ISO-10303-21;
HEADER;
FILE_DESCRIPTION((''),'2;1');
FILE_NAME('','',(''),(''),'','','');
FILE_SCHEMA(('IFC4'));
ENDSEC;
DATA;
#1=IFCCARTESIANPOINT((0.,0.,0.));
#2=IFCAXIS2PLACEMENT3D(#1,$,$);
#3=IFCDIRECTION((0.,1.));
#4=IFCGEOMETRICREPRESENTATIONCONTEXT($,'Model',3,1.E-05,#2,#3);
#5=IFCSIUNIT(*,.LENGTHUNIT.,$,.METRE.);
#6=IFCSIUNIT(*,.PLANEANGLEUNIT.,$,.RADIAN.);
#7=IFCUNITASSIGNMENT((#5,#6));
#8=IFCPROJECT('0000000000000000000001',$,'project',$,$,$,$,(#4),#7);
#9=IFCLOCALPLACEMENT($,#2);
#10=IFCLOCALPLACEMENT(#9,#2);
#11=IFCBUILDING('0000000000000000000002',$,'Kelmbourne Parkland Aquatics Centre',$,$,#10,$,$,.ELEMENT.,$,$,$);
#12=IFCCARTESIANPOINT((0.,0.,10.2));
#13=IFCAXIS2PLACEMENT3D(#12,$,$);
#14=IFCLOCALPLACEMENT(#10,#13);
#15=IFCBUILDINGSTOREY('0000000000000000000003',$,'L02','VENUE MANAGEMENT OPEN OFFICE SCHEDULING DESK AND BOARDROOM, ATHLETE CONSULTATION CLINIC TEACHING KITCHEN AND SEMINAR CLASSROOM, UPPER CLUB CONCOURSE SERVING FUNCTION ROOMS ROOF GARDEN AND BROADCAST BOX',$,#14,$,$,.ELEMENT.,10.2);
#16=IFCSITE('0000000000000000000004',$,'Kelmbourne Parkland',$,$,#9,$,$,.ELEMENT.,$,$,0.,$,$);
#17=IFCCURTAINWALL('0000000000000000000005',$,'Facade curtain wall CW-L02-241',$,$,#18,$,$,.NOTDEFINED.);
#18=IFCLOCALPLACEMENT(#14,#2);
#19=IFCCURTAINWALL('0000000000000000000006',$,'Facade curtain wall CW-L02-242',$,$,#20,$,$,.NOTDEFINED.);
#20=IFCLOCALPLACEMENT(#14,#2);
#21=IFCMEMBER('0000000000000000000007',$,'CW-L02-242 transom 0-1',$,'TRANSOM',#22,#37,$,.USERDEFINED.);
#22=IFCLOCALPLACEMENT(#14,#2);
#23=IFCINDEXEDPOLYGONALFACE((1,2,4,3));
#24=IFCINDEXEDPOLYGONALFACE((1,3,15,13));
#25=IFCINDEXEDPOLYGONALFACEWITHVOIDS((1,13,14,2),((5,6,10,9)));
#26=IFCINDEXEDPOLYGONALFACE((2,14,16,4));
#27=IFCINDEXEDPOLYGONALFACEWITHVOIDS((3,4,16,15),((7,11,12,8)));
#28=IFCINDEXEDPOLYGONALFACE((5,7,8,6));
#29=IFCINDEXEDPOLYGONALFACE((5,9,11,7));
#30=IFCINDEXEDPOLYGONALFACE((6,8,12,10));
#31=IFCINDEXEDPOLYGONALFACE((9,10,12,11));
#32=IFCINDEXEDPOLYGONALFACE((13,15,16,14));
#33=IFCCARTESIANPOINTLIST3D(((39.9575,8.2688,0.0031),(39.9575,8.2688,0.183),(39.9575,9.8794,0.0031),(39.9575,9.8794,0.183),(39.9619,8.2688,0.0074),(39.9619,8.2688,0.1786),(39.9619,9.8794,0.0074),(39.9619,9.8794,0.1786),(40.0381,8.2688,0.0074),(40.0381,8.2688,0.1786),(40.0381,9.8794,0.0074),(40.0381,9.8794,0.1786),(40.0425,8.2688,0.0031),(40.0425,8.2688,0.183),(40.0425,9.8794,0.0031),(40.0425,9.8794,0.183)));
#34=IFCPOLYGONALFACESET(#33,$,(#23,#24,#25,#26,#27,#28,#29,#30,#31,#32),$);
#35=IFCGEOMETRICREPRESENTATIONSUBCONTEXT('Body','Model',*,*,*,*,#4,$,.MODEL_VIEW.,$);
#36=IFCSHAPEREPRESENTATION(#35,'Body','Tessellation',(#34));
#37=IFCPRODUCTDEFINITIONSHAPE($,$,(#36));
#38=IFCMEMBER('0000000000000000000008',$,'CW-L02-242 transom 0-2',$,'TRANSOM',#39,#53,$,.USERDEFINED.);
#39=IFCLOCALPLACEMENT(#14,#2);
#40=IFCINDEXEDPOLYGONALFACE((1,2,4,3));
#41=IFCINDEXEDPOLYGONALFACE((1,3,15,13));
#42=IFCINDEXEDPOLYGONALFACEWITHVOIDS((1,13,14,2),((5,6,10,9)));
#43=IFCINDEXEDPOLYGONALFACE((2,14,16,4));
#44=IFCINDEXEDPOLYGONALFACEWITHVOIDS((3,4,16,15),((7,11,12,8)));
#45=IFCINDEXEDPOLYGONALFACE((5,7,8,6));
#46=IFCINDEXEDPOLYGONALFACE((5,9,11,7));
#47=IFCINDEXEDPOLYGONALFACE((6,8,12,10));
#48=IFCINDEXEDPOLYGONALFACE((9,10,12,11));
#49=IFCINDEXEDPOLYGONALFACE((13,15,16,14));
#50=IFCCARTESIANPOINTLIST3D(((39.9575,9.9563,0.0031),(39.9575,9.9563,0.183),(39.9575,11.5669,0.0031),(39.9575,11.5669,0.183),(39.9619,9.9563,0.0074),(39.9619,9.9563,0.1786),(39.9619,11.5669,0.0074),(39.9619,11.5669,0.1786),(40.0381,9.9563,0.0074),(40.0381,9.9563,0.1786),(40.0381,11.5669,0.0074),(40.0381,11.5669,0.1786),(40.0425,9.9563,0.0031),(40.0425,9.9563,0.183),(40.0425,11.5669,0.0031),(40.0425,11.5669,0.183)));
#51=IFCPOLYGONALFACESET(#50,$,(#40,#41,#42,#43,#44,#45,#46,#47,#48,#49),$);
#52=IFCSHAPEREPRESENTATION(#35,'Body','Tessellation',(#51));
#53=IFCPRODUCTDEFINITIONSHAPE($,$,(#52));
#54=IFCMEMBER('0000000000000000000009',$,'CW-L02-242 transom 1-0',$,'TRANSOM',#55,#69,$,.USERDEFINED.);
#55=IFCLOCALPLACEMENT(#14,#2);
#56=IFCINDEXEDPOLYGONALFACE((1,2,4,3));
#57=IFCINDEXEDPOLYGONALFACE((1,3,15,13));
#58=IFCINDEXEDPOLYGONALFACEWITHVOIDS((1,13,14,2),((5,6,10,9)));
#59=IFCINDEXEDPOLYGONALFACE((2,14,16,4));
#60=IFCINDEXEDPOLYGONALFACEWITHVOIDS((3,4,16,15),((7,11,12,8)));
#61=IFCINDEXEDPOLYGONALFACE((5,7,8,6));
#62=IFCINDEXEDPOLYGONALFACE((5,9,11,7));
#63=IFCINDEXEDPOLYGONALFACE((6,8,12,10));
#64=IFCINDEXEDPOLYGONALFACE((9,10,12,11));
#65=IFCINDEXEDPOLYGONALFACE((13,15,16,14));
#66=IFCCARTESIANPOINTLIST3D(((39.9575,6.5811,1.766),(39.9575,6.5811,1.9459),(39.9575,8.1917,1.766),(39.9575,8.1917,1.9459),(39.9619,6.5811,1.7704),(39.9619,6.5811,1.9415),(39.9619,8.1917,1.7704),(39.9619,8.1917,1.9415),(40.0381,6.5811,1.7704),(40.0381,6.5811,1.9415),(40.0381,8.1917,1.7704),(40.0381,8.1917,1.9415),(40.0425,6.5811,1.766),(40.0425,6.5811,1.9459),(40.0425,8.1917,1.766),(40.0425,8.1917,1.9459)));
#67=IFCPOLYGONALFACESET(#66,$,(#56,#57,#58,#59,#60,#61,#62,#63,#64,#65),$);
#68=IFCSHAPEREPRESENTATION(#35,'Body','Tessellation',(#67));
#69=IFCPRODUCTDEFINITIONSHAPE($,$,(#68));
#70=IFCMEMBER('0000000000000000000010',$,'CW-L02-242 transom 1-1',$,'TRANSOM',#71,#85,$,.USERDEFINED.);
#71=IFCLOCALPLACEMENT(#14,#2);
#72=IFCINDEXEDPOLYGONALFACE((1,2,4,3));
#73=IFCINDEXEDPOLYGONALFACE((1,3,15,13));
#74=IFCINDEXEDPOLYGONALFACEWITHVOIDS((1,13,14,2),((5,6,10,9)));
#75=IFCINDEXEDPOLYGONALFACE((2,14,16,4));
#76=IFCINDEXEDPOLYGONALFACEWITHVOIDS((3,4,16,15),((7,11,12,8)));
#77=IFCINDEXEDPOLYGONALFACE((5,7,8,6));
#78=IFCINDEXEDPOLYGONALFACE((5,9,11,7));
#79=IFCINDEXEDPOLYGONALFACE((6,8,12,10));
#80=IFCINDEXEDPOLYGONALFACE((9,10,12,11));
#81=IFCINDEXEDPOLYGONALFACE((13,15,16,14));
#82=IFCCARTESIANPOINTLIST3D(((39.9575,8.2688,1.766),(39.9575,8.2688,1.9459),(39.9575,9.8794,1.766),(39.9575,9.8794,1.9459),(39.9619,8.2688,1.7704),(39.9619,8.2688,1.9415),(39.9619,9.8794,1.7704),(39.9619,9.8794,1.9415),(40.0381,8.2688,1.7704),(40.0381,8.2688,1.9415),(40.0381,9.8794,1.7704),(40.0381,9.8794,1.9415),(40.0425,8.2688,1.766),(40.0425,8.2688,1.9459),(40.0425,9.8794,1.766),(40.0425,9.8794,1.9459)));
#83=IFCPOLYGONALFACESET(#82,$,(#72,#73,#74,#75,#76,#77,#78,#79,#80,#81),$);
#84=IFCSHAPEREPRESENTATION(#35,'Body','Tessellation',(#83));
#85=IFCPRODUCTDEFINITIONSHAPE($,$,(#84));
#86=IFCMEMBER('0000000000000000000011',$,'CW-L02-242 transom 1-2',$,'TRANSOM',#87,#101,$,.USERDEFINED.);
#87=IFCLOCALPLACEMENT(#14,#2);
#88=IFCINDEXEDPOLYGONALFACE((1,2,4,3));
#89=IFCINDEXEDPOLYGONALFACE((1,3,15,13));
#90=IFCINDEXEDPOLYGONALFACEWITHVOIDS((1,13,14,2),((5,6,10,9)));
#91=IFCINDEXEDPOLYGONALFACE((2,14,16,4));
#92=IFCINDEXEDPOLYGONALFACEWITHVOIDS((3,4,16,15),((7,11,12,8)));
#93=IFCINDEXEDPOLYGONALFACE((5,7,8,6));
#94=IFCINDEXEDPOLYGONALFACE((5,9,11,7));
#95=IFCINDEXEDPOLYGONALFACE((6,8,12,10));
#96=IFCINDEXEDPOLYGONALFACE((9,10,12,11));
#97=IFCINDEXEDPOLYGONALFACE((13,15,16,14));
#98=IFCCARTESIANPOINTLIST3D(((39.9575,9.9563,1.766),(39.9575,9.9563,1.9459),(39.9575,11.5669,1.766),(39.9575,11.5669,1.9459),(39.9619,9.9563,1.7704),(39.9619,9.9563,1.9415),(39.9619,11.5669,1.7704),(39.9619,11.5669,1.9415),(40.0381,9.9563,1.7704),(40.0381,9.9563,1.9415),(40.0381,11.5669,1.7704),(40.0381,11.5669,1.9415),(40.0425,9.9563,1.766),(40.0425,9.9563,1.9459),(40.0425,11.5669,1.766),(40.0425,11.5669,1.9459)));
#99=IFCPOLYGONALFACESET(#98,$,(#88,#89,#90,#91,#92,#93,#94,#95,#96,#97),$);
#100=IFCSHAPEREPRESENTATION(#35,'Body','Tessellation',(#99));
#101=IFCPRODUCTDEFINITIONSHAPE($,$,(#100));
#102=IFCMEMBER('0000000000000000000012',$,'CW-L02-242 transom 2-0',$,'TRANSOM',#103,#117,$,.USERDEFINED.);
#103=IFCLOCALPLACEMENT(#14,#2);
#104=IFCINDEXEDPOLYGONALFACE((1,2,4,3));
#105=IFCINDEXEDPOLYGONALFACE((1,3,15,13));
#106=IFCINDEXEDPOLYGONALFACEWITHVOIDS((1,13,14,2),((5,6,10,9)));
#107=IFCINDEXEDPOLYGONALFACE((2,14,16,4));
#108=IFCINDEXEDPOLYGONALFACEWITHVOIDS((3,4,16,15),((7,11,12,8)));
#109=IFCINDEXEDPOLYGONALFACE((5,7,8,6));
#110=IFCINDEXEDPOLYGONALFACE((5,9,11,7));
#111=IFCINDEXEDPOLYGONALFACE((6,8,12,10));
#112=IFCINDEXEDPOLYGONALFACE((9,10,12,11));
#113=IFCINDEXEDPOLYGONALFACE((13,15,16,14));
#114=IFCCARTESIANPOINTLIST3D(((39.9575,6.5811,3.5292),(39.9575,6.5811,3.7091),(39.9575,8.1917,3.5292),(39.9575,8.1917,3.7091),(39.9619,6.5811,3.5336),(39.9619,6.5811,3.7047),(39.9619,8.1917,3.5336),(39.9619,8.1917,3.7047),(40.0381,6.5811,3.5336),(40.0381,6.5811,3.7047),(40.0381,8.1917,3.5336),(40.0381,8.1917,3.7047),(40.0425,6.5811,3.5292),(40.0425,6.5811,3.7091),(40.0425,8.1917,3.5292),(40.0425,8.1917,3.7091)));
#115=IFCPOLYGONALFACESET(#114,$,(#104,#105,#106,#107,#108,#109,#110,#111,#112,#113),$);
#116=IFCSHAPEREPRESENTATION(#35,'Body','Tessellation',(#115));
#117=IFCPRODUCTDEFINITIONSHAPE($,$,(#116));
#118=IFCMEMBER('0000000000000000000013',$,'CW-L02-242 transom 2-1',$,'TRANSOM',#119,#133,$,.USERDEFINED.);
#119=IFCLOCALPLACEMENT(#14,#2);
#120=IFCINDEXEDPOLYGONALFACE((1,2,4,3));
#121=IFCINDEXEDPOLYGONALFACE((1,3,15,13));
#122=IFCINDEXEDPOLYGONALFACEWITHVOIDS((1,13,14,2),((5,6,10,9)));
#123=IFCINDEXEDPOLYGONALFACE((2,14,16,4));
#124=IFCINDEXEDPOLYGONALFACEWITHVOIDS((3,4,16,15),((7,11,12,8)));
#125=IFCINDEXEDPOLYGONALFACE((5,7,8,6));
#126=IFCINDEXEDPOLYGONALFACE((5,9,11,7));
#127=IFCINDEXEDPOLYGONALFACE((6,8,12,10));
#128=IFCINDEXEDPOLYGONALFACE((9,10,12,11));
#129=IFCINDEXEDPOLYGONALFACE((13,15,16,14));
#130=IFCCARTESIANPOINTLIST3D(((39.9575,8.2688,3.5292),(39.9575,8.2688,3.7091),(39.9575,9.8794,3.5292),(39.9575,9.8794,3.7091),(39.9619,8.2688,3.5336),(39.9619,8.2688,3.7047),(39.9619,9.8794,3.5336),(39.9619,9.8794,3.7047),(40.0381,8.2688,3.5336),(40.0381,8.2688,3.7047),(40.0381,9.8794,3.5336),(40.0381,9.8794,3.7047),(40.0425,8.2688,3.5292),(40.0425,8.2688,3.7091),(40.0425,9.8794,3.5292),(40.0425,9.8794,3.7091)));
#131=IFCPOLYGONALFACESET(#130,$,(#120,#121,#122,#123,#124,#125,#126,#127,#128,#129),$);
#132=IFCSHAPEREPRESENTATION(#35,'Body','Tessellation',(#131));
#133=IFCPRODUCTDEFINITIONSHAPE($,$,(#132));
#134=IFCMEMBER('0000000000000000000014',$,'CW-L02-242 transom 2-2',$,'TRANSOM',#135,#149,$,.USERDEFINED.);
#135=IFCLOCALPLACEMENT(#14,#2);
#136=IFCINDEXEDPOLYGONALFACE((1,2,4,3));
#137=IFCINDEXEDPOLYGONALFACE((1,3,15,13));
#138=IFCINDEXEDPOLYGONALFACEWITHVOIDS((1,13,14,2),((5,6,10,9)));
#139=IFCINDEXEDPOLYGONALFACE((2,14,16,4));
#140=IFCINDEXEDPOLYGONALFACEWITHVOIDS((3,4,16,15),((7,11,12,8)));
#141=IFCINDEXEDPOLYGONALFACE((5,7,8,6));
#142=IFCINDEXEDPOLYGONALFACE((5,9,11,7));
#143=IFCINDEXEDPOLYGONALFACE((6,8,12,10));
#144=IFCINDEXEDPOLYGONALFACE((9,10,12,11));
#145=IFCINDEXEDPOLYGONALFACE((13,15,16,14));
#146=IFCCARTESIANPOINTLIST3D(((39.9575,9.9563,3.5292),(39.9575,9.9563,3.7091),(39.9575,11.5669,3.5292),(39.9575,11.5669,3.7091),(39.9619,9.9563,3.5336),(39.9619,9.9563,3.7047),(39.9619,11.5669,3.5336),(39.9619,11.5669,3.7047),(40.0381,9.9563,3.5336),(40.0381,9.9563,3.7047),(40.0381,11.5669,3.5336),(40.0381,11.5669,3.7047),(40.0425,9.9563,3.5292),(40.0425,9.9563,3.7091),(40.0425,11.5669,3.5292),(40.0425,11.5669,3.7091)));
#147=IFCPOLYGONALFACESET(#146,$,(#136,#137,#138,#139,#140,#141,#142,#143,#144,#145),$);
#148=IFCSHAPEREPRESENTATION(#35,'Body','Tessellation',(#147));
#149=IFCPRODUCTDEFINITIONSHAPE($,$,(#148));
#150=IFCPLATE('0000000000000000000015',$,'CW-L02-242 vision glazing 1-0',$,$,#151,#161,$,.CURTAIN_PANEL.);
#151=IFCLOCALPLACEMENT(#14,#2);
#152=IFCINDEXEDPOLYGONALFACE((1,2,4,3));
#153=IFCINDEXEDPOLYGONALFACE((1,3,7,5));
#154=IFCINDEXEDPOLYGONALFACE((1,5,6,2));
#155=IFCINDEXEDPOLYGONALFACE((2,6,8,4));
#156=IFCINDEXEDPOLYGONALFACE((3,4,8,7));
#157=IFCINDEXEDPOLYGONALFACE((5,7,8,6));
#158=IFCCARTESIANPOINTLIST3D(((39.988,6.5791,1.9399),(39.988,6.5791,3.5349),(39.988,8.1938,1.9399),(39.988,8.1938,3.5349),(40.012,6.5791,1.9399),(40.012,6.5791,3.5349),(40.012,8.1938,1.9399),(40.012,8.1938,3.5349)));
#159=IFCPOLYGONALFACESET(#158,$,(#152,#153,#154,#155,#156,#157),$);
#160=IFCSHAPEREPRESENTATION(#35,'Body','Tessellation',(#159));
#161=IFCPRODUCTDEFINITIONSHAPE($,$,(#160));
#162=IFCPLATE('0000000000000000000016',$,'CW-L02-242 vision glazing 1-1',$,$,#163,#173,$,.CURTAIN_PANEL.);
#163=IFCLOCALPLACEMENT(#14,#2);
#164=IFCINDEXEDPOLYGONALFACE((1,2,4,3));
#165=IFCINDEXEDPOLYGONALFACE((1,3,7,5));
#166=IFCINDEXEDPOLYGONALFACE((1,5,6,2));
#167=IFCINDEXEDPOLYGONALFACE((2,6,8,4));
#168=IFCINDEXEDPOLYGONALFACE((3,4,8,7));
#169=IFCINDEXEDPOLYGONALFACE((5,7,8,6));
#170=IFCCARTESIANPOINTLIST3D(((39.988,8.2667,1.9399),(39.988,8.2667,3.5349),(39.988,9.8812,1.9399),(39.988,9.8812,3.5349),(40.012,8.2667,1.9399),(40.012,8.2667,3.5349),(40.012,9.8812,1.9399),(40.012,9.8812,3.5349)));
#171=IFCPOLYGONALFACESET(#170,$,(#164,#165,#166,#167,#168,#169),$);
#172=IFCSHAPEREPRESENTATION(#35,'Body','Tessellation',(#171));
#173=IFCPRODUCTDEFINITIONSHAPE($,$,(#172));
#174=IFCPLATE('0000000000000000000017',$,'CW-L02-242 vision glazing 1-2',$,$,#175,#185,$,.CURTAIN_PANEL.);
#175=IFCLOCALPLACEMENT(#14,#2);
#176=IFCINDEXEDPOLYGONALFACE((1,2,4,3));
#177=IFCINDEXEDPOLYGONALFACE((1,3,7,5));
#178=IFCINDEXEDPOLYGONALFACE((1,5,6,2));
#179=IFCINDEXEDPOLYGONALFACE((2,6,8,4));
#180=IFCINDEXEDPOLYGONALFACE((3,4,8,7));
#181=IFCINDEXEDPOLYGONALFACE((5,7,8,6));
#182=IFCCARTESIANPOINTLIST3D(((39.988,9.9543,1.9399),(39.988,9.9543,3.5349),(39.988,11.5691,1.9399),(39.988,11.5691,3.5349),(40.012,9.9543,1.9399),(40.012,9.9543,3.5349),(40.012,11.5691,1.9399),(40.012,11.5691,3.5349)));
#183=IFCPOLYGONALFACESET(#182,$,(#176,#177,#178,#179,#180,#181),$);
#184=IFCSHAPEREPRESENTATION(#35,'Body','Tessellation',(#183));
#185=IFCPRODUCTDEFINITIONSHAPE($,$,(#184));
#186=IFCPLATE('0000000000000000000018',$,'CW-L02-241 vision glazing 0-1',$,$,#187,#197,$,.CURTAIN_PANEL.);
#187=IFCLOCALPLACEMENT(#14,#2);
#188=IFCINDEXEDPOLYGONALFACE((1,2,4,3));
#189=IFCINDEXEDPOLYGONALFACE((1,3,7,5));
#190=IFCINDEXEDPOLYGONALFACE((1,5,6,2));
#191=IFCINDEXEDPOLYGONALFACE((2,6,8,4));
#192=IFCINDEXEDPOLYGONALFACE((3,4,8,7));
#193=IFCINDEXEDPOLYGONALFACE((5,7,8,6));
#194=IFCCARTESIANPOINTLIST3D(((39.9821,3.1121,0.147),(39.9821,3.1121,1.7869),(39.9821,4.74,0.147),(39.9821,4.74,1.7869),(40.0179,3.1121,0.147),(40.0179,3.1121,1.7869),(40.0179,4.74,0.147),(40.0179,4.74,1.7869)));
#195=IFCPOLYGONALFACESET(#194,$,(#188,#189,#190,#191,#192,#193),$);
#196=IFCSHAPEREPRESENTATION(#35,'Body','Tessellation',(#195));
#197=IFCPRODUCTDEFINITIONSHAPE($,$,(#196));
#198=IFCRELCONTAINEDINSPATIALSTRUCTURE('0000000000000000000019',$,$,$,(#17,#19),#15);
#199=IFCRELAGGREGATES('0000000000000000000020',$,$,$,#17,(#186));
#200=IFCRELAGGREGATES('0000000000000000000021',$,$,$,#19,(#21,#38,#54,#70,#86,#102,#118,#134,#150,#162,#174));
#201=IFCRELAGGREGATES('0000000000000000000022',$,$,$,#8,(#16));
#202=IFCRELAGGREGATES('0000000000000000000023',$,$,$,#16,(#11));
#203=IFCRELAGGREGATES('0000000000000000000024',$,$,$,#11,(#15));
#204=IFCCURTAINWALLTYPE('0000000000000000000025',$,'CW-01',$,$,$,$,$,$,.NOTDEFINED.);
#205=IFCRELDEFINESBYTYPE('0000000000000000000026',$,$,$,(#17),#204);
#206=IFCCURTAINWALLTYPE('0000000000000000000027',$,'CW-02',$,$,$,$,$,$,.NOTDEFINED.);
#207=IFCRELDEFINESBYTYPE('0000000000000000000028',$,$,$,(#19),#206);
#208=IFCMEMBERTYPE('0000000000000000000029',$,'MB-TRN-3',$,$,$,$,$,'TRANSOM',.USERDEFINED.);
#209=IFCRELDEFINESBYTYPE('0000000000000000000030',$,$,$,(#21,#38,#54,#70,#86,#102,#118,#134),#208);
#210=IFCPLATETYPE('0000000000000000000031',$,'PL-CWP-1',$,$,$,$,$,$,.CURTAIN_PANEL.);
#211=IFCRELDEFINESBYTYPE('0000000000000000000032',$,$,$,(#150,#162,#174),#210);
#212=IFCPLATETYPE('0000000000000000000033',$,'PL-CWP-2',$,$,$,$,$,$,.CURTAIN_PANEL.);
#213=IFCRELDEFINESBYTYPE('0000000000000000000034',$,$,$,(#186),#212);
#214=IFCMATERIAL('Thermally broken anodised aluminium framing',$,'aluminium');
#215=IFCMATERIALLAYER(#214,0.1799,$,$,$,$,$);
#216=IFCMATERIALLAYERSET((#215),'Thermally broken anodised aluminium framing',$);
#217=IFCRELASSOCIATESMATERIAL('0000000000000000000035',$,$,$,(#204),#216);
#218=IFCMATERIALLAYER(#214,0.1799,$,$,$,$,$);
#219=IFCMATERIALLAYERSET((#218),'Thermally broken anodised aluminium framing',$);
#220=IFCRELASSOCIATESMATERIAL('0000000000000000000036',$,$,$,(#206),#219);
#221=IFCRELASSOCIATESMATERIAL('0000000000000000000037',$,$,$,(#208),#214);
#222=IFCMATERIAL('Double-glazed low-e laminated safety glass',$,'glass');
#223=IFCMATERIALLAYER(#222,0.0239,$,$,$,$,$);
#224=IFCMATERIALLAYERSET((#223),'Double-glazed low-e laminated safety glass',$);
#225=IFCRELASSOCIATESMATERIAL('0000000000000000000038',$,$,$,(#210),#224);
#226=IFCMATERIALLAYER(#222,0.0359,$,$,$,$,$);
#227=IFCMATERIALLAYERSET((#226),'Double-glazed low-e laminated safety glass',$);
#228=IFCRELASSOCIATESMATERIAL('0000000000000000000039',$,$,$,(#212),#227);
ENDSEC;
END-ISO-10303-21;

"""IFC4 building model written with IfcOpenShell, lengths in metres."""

from ifc_helpers import new_model, si_unit, direction, frame, origin, origin_2d, place, context, subcontext, project, spatial, rectangle, hollow_rectangle, extrude, material, layer, layer_set, material_profile, profile_set, type_object, element, aggregate, save


model = new_model("IFC4")

# Units and contexts
model_context = context("Model", 3, precision=1e-05, world=origin(), true_north=direction((0.0, 1.0)))
body_context = subcontext(model_context, "Body", "Model", "MODEL_VIEW")
ifc_project = project(units=[si_unit("LENGTHUNIT", "METRE"), si_unit("PLANEANGLEUNIT", "RADIAN")], contexts=[model_context])

# Site, building, storey
site_placement = place(None, origin())
site = spatial("IfcSite", under=ifc_project, at=site_placement, Name="Kelmbourne Parkland", CompositionType="ELEMENT", RefElevation=0.0)
building_placement = place(site_placement, origin())
building = spatial("IfcBuilding", under=site, at=building_placement, Name="Kelmbourne Parkland Aquatics Centre", CompositionType="ELEMENT")
storey_placement = place(building_placement, frame((0.0, 0.0, 10.2)))
storey = spatial("IfcBuildingStorey", under=building, at=storey_placement, Name="L02", Description="VENUE MANAGEMENT OPEN OFFICE SCHEDULING DESK AND BOARDROOM, ATHLETE CONSULTATION CLINIC TEACHING KITCHEN AND SEMINAR CLASSROOM, UPPER CLUB CONCOURSE SERVING FUNCTION ROOMS ROOF GARDEN AND BROADCAST BOX", CompositionType="ELEMENT", Elevation=10.2)

# Curtain walls
ifc_material_1 = material(Name="Thermally broken anodised aluminium framing", Category="aluminium")
ifc_layer_1 = layer(ifc_material_1, 0.1799)
ifc_layer_set_1 = layer_set([ifc_layer_1], Name="Thermally broken anodised aluminium framing")
curtain_wall_type_1 = type_object("IfcCurtainWallType", Name="CW-01", PredefinedType="NOTDEFINED", material=ifc_layer_set_1)
curtain_wall_1_placement = place(storey_placement, origin())
curtain_wall_1 = element("IfcCurtainWall", 1, at=curtain_wall_1_placement, inside=storey, type_object=curtain_wall_type_1, Name="Facade curtain wall CW-L02-241", PredefinedType="NOTDEFINED")
ifc_layer_2 = layer(ifc_material_1, 0.1799)
ifc_layer_set_2 = layer_set([ifc_layer_2], Name="Thermally broken anodised aluminium framing")
curtain_wall_type_2 = type_object("IfcCurtainWallType", Name="CW-02", PredefinedType="NOTDEFINED", material=ifc_layer_set_2)
curtain_wall_2_placement = place(storey_placement, origin())
curtain_wall_2 = element("IfcCurtainWall", 2, at=curtain_wall_2_placement, inside=storey, type_object=curtain_wall_type_2, Name="Facade curtain wall CW-L02-242", PredefinedType="NOTDEFINED")

# Members
ifc_material_profile_1 = material_profile(ifc_material_1, hollow_rectangle(XDim=0.085, YDim=0.1799, WallThickness=0.0044, at=origin_2d()), Name="CW-T 85x180")
ifc_profile_set_1 = profile_set([ifc_material_profile_1], Name="Thermally broken anodised aluminium framing")
member_type_1 = type_object("IfcMemberType", Name="MB-TRN-3", ElementType="TRANSOM", PredefinedType="USERDEFINED", material=ifc_profile_set_1)
member_1_placement = place(storey_placement, frame((40.0, 8.2688, 0.093), z_axis=(0.0, 1.0, 0.0), x_axis=(-1.0, 0.0, 0.0)))
member_1 = element("IfcMember", 3, at=member_1_placement, type_object=member_type_1, Name="CW-L02-242 transom 0-1", ObjectType="TRANSOM", PredefinedType="USERDEFINED", context=body_context, shape_type="SweptSolid", body=[
    extrude(hollow_rectangle(XDim=0.085, YDim=0.1799, WallThickness=0.0044, at=origin_2d()), origin(), (0.0, 0.0, 1.0), 1.6106),
])
member_2_placement = place(storey_placement, frame((40.0, 9.9563, 0.093), z_axis=(0.0, 1.0, 0.0), x_axis=(-1.0, 0.0, 0.0)))
member_2 = element("IfcMember", 4, at=member_2_placement, type_object=member_type_1, Name="CW-L02-242 transom 0-2", ObjectType="TRANSOM", PredefinedType="USERDEFINED", context=body_context, shape_type="SweptSolid", body=[
    extrude(hollow_rectangle(XDim=0.085, YDim=0.1799, WallThickness=0.0044, at=origin_2d()), origin(), (0.0, 0.0, 1.0), 1.6106),
])
member_3_placement = place(storey_placement, frame((40.0, 6.5811, 1.856), z_axis=(0.0, 1.0, 0.0), x_axis=(-1.0, 0.0, 0.0)))
member_3 = element("IfcMember", 5, at=member_3_placement, type_object=member_type_1, Name="CW-L02-242 transom 1-0", ObjectType="TRANSOM", PredefinedType="USERDEFINED", context=body_context, shape_type="SweptSolid", body=[
    extrude(hollow_rectangle(XDim=0.085, YDim=0.1799, WallThickness=0.0044, at=origin_2d()), origin(), (0.0, 0.0, 1.0), 1.6106),
])
member_4_placement = place(storey_placement, frame((40.0, 8.2688, 1.856), z_axis=(0.0, 1.0, 0.0), x_axis=(-1.0, 0.0, 0.0)))
member_4 = element("IfcMember", 6, at=member_4_placement, type_object=member_type_1, Name="CW-L02-242 transom 1-1", ObjectType="TRANSOM", PredefinedType="USERDEFINED", context=body_context, shape_type="SweptSolid", body=[
    extrude(hollow_rectangle(XDim=0.085, YDim=0.1799, WallThickness=0.0044, at=origin_2d()), origin(), (0.0, 0.0, 1.0), 1.6106),
])
member_5_placement = place(storey_placement, frame((40.0, 9.9563, 1.856), z_axis=(0.0, 1.0, 0.0), x_axis=(-1.0, 0.0, 0.0)))
member_5 = element("IfcMember", 7, at=member_5_placement, type_object=member_type_1, Name="CW-L02-242 transom 1-2", ObjectType="TRANSOM", PredefinedType="USERDEFINED", context=body_context, shape_type="SweptSolid", body=[
    extrude(hollow_rectangle(XDim=0.085, YDim=0.1799, WallThickness=0.0044, at=origin_2d()), origin(), (0.0, 0.0, 1.0), 1.6106),
])
member_6_placement = place(storey_placement, frame((40.0, 6.5811, 3.6191), z_axis=(0.0, 1.0, 0.0), x_axis=(-1.0, 0.0, 0.0)))
member_6 = element("IfcMember", 8, at=member_6_placement, type_object=member_type_1, Name="CW-L02-242 transom 2-0", ObjectType="TRANSOM", PredefinedType="USERDEFINED", context=body_context, shape_type="SweptSolid", body=[
    extrude(hollow_rectangle(XDim=0.085, YDim=0.1799, WallThickness=0.0044, at=origin_2d()), origin(), (0.0, 0.0, 1.0), 1.6106),
])
member_7_placement = place(storey_placement, frame((40.0, 8.2688, 3.6191), z_axis=(0.0, 1.0, 0.0), x_axis=(-1.0, 0.0, 0.0)))
member_7 = element("IfcMember", 9, at=member_7_placement, type_object=member_type_1, Name="CW-L02-242 transom 2-1", ObjectType="TRANSOM", PredefinedType="USERDEFINED", context=body_context, shape_type="SweptSolid", body=[
    extrude(hollow_rectangle(XDim=0.085, YDim=0.1799, WallThickness=0.0044, at=origin_2d()), origin(), (0.0, 0.0, 1.0), 1.6106),
])
member_8_placement = place(storey_placement, frame((40.0, 9.9563, 3.6191), z_axis=(0.0, 1.0, 0.0), x_axis=(-1.0, 0.0, 0.0)))
member_8 = element("IfcMember", 10, at=member_8_placement, type_object=member_type_1, Name="CW-L02-242 transom 2-2", ObjectType="TRANSOM", PredefinedType="USERDEFINED", context=body_context, shape_type="SweptSolid", body=[
    extrude(hollow_rectangle(XDim=0.085, YDim=0.1799, WallThickness=0.0044, at=origin_2d()), origin(), (0.0, 0.0, 1.0), 1.6106),
])

# Plates
ifc_material_2 = material(Name="Double-glazed low-e laminated safety glass", Category="glass")
ifc_layer_3 = layer(ifc_material_2, 0.0239)
ifc_layer_set_3 = layer_set([ifc_layer_3], Name="Double-glazed low-e laminated safety glass")
plate_type_1 = type_object("IfcPlateType", Name="PL-CWP-1", PredefinedType="CURTAIN_PANEL", material=ifc_layer_set_3)
plate_1_placement = place(storey_placement, frame((40.0, 7.3865, 1.9399), z_axis=(0.0, 0.0, 1.0), x_axis=(0.0, 1.0, 0.0)))
plate_1 = element("IfcPlate", 11, at=plate_1_placement, type_object=plate_type_1, Name="CW-L02-242 vision glazing 1-0", PredefinedType="CURTAIN_PANEL", context=body_context, shape_type="SweptSolid", body=[
    extrude(rectangle(XDim=1.6147, YDim=0.0239, at=origin_2d()), origin(), (0.0, 0.0, 1.0), 1.595),
])
plate_2_placement = place(storey_placement, frame((40.0, 9.074, 1.9399), z_axis=(0.0, 0.0, 1.0), x_axis=(0.0, 1.0, 0.0)))
plate_2 = element("IfcPlate", 12, at=plate_2_placement, type_object=plate_type_1, Name="CW-L02-242 vision glazing 1-1", PredefinedType="CURTAIN_PANEL", context=body_context, shape_type="SweptSolid", body=[
    extrude(rectangle(XDim=1.6145, YDim=0.0239, at=origin_2d()), origin(), (0.0, 0.0, 1.0), 1.595),
])
plate_3_placement = place(storey_placement, frame((40.0, 10.7617, 1.9399), z_axis=(0.0, 0.0, 1.0), x_axis=(0.0, 1.0, 0.0)))
plate_3 = element("IfcPlate", 13, at=plate_3_placement, type_object=plate_type_1, Name="CW-L02-242 vision glazing 1-2", PredefinedType="CURTAIN_PANEL", context=body_context, shape_type="SweptSolid", body=[
    extrude(rectangle(XDim=1.6147, YDim=0.0239, at=origin_2d()), origin(), (0.0, 0.0, 1.0), 1.595),
])
ifc_layer_4 = layer(ifc_material_2, 0.0359)
ifc_layer_set_4 = layer_set([ifc_layer_4], Name="Double-glazed low-e laminated safety glass")
plate_type_2 = type_object("IfcPlateType", Name="PL-CWP-2", PredefinedType="CURTAIN_PANEL", material=ifc_layer_set_4)
plate_4_placement = place(storey_placement, frame((40.0, 3.926, 0.147), z_axis=(0.0, 0.0, 1.0), x_axis=(0.0, 1.0, 0.0)))
plate_4 = element("IfcPlate", 14, at=plate_4_placement, type_object=plate_type_2, Name="CW-L02-241 vision glazing 0-1", PredefinedType="CURTAIN_PANEL", context=body_context, shape_type="SweptSolid", body=[
    extrude(rectangle(XDim=1.6279, YDim=0.0359, at=origin_2d()), origin(), (0.0, 0.0, 1.0), 1.6399),
])
aggregate(curtain_wall_1, [plate_4])
aggregate(curtain_wall_2, [member_1, member_2, member_3, member_4, member_5, member_6, member_7, member_8, plate_1, plate_2, plate_3])

save(model, "model.ifc")
